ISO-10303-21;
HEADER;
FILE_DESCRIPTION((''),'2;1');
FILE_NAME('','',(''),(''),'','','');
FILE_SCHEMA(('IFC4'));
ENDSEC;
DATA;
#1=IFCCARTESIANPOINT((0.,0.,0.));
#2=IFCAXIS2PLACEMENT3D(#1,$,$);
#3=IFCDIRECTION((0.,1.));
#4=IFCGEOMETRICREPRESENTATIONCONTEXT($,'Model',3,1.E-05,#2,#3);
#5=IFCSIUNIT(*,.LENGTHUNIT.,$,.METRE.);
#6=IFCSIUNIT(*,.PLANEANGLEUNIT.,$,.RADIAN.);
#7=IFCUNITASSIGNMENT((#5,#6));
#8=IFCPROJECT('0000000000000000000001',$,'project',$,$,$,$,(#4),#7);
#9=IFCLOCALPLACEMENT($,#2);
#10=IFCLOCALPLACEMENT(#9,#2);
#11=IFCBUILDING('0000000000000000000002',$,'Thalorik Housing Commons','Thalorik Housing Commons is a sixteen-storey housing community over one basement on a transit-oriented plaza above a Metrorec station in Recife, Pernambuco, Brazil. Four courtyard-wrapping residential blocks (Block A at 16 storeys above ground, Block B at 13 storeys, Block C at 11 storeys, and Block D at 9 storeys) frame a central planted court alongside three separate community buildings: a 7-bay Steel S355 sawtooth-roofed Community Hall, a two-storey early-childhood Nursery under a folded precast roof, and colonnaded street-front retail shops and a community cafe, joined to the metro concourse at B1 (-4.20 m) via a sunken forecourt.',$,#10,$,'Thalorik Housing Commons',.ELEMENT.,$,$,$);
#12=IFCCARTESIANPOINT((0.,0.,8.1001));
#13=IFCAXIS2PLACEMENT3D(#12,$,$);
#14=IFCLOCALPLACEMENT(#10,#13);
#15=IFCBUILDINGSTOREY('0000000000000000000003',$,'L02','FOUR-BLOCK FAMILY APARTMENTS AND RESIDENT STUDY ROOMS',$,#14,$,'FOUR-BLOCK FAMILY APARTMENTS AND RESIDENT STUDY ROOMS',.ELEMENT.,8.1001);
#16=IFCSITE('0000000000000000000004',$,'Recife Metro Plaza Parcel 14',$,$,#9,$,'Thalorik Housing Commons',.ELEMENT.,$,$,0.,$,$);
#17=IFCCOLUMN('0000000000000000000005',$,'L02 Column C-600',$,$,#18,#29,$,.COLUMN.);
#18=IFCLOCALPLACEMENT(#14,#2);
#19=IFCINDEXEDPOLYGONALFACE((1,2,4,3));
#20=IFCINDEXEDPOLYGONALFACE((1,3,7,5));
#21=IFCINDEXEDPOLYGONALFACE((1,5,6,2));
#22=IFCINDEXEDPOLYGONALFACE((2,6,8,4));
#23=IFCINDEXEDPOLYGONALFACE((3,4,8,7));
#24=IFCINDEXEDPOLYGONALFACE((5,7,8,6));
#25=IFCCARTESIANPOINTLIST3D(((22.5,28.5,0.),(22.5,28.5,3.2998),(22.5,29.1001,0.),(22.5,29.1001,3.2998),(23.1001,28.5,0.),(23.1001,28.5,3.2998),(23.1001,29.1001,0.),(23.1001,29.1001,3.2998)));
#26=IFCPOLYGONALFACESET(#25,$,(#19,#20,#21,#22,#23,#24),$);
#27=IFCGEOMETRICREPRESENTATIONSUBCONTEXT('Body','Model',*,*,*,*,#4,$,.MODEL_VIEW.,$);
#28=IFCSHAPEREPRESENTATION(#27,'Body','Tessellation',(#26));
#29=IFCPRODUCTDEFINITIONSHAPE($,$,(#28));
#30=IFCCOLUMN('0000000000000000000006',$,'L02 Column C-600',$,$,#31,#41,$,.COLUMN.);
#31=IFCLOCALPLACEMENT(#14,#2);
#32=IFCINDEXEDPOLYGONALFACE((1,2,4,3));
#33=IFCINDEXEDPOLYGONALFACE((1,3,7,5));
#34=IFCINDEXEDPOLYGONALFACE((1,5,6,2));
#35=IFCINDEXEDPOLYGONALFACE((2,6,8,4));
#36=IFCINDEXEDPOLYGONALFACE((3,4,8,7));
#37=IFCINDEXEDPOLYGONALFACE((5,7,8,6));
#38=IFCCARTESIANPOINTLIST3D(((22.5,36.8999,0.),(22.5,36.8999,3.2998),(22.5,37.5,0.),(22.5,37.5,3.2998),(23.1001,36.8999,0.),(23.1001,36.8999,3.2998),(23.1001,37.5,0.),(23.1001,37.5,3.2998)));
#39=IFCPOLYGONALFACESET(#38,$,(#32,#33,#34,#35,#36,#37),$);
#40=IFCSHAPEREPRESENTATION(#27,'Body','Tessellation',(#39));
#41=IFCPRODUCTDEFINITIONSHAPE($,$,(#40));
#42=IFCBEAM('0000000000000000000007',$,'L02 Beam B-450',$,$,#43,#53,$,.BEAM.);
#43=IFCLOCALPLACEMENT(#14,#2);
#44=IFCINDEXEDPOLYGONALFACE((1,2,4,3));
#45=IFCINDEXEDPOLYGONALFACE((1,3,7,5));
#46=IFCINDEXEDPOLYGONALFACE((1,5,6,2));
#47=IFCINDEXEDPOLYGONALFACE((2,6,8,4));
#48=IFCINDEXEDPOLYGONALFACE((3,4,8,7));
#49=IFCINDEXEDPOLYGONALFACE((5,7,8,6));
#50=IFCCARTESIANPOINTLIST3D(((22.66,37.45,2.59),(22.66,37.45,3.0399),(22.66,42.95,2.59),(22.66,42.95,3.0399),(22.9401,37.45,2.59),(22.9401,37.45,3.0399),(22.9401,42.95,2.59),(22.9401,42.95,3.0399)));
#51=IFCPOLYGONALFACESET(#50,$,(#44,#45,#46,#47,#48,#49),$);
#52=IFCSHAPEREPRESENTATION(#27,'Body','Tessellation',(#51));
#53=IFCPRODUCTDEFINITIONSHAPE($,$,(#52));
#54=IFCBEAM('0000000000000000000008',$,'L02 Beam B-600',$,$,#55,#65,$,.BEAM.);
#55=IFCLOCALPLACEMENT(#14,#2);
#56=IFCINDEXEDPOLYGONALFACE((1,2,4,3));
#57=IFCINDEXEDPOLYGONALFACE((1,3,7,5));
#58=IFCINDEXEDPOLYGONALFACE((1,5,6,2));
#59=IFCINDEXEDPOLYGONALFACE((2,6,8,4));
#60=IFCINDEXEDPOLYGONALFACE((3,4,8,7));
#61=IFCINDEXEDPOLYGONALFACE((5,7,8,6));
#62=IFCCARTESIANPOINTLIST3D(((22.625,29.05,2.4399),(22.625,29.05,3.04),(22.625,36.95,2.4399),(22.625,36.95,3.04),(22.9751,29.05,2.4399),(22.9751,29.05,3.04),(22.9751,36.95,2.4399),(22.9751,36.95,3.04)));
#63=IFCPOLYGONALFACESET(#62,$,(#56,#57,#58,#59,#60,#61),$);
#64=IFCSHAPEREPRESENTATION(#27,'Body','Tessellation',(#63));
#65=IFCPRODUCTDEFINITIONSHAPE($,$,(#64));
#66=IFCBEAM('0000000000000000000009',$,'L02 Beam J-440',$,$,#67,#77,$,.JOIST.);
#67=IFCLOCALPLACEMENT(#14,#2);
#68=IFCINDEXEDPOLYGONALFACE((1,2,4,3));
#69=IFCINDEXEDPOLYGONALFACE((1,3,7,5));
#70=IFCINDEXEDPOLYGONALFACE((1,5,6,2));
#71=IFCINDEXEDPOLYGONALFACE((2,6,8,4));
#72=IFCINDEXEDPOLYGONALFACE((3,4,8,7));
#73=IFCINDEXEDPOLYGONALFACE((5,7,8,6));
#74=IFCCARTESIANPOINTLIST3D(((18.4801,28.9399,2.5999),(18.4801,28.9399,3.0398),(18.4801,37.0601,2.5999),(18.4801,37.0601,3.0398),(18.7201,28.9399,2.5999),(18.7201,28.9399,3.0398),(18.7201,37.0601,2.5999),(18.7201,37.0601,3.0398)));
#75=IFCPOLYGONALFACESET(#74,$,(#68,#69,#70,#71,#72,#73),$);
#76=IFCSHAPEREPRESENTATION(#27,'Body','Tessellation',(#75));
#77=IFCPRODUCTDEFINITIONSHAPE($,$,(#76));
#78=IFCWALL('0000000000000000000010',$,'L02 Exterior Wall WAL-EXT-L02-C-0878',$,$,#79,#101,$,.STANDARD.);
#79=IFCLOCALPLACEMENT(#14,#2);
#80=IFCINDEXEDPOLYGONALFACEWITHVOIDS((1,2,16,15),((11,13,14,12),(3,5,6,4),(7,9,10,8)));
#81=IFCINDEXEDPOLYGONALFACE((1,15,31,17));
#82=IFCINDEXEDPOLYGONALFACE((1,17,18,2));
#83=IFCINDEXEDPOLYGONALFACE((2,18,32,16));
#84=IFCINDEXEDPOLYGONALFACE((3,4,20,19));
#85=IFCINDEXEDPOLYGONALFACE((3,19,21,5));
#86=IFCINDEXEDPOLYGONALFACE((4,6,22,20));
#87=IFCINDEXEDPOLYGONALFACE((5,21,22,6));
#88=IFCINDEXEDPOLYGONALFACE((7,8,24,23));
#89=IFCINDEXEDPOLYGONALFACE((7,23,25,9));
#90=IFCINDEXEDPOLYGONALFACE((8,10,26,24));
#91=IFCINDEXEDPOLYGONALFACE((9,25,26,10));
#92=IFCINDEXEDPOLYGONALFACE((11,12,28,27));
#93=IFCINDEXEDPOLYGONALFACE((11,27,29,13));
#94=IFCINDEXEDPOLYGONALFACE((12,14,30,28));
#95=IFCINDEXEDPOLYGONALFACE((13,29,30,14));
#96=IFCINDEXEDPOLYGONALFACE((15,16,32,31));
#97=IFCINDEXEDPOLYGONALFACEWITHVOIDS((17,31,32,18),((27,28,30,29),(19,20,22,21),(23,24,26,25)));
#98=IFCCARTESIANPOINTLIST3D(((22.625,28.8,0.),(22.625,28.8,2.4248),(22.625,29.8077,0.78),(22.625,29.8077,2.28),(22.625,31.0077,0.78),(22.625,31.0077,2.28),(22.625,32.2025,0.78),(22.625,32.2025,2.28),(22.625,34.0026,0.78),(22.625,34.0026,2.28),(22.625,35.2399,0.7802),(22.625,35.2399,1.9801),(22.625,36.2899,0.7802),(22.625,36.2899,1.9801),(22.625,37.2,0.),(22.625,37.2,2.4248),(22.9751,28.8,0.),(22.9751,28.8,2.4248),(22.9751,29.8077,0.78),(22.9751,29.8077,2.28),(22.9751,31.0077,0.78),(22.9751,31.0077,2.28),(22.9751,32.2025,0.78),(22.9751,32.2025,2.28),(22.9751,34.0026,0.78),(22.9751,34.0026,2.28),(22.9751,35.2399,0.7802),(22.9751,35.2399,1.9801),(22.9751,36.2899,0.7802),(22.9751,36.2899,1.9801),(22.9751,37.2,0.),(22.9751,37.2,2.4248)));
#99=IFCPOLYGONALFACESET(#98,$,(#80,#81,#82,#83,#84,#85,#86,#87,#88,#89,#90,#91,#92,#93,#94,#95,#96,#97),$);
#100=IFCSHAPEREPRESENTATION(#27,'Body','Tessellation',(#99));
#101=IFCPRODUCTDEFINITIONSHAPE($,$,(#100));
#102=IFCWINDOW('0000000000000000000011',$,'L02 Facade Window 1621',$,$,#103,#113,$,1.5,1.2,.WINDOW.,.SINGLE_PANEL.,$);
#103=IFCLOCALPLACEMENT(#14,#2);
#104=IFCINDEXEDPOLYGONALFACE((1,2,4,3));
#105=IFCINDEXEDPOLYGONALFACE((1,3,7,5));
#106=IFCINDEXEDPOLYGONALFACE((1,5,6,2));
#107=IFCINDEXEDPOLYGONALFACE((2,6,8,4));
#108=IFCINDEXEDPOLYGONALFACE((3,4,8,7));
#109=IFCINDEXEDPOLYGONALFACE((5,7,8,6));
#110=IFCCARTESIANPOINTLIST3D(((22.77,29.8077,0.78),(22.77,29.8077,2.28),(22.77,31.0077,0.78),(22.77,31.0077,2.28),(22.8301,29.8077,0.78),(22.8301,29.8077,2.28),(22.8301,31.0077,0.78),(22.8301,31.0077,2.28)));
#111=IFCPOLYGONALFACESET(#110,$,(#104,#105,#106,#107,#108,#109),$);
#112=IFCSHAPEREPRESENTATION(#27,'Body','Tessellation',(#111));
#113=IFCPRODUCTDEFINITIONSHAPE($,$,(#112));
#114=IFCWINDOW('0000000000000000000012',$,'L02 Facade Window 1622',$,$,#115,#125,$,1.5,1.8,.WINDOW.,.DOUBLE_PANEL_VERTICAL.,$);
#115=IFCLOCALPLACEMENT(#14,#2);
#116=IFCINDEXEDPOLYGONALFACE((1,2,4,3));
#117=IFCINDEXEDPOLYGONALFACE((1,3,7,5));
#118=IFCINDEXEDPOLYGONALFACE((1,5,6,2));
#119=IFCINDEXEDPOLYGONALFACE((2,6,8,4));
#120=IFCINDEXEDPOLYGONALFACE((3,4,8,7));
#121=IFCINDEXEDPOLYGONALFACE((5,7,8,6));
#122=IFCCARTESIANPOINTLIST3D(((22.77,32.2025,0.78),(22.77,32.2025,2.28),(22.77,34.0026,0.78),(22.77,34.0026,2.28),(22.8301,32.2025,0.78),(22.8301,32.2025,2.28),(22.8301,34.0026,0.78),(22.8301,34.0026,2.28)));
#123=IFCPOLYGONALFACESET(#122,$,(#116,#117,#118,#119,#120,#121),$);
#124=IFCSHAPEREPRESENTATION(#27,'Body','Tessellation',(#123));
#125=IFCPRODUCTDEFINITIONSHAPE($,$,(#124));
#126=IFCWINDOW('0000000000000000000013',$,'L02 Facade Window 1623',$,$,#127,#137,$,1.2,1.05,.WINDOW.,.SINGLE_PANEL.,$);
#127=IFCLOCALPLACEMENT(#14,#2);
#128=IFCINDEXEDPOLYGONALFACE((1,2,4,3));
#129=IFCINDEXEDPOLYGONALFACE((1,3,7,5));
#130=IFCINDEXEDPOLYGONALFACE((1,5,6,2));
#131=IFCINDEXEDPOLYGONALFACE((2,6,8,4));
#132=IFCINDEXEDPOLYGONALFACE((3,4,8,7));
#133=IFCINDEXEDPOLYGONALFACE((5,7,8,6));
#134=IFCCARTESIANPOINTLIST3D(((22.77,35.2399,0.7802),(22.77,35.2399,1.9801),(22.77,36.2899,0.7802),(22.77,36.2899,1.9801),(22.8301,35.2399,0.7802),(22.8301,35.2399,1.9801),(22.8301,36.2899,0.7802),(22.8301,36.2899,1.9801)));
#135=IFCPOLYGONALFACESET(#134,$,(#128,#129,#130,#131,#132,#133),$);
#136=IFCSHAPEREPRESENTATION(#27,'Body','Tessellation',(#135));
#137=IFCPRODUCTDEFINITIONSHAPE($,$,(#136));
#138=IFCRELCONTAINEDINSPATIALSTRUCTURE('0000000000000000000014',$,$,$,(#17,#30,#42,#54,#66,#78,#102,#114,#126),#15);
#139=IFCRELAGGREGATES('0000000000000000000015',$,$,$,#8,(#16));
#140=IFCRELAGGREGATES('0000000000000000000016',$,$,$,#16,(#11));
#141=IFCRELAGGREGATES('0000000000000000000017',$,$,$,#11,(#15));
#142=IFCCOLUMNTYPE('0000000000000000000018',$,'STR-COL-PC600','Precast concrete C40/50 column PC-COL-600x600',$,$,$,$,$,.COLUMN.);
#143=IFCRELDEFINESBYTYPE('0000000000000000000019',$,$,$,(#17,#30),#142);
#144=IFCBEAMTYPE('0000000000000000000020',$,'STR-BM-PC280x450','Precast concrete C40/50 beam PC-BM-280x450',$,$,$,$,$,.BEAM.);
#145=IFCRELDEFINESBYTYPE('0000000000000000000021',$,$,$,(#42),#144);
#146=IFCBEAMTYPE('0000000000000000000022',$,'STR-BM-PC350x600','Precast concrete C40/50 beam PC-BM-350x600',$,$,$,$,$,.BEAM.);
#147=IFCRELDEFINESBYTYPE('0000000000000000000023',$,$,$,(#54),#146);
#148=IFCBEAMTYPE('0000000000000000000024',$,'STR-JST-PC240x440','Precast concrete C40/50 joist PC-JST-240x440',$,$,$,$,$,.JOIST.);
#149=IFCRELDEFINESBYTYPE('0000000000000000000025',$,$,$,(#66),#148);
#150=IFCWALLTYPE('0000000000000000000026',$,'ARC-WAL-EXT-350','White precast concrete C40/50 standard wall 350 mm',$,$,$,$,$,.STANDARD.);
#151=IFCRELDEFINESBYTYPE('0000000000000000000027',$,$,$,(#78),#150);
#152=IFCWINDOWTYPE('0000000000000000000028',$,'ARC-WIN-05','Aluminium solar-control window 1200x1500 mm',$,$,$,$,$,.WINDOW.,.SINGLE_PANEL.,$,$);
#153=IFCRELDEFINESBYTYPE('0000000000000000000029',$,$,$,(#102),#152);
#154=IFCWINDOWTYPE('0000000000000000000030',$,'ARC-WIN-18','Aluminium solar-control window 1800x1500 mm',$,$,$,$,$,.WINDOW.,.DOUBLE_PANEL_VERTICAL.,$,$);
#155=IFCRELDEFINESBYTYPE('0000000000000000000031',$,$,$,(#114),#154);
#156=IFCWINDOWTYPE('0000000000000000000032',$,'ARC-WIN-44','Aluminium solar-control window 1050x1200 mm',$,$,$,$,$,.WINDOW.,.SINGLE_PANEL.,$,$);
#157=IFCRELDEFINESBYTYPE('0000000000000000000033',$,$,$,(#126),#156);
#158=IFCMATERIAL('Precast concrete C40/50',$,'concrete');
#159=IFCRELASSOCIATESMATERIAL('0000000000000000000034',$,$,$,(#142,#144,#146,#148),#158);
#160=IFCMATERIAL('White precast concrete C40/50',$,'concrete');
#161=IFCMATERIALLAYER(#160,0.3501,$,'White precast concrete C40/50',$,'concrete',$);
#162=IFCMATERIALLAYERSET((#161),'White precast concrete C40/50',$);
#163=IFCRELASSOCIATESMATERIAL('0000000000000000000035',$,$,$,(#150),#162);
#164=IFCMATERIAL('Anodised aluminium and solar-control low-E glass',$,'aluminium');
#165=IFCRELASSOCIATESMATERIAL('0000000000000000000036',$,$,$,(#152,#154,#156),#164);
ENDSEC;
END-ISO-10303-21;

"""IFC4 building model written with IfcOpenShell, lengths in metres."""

from ifc_helpers import new_model, si_unit, direction, frame, frame_2d, origin, origin_2d, place, context, subcontext, project, spatial, rectangle, extrude, material, layer, layer_set, material_profile, profile_set, type_object, element, fill, save


model = new_model("IFC4")

# Units and contexts
model_context = context("Model", 3, precision=1e-05, world=origin(), true_north=direction((0.0, 1.0)))
body_context = subcontext(model_context, "Body", "Model", "MODEL_VIEW")
ifc_project = project(units=[si_unit("LENGTHUNIT", "METRE"), si_unit("PLANEANGLEUNIT", "RADIAN")], contexts=[model_context])

# Site, building, storey
site_placement = place(None, origin())
site = spatial("IfcSite", under=ifc_project, at=site_placement, Name="Recife Metro Plaza Parcel 14", LongName="Thalorik Housing Commons", CompositionType="ELEMENT", RefElevation=0.0)
building_placement = place(site_placement, origin())
building = spatial("IfcBuilding", under=site, at=building_placement, Name="Thalorik Housing Commons", Description="Thalorik Housing Commons is a sixteen-storey housing community over one basement on a transit-oriented plaza above a Metrorec station in Recife, Pernambuco, Brazil. Four courtyard-wrapping residential blocks (Block A at 16 storeys above ground, Block B at 13 storeys, Block C at 11 storeys, and Block D at 9 storeys) frame a central planted court alongside three separate community buildings: a 7-bay Steel S355 sawtooth-roofed Community Hall, a two-storey early-childhood Nursery under a folded precast roof, and colonnaded street-front retail shops and a community cafe, joined to the metro concourse at B1 (-4.20 m) via a sunken forecourt.", LongName="Thalorik Housing Commons", CompositionType="ELEMENT")
storey_placement = place(building_placement, frame((0.0, 0.0, 8.1001)))
storey = spatial("IfcBuildingStorey", under=building, at=storey_placement, Name="L02", Description="FOUR-BLOCK FAMILY APARTMENTS AND RESIDENT STUDY ROOMS", LongName="FOUR-BLOCK FAMILY APARTMENTS AND RESIDENT STUDY ROOMS", CompositionType="ELEMENT", Elevation=8.1001)

# Columns
ifc_material_1 = material(Name="Precast concrete C40/50", Category="concrete")
ifc_material_profile_1 = material_profile(ifc_material_1, rectangle(XDim=0.6001, YDim=0.6001, at=origin_2d()), Name="PC 600x600", Category="concrete")
ifc_profile_set_1 = profile_set([ifc_material_profile_1], Name="Precast concrete C40/50")
column_type = type_object("IfcColumnType", Name="STR-COL-PC600", Description="Precast concrete C40/50 column PC-COL-600x600", PredefinedType="COLUMN", material=ifc_profile_set_1)
for number, where, z_axis, x_axis, name in (
    (1, (22.8, 28.8, 0.0), (0.0, 0.0, 1.0), (1.0, 0.0, 0.0), "L02 Column C-600"),
    (2, (22.8, 37.2, 0.0), (0.0, 0.0, 1.0), (1.0, 0.0, 0.0), "L02 Column C-600"),
):
    element("IfcColumn", number, at=place(storey_placement, frame(where, z_axis=z_axis, x_axis=x_axis)), inside=storey, type_object=column_type, Name=name, PredefinedType="COLUMN", context=body_context, shape_type="SweptSolid", body=[
        extrude(rectangle(XDim=0.6001, YDim=0.6001, at=origin_2d()), origin(), (0.0, 0.0, 1.0), 3.2998),
    ])

# Beams
ifc_material_profile_2 = material_profile(ifc_material_1, rectangle(XDim=0.28, YDim=0.45, at=origin_2d()), Name="PC 280x450", Category="concrete")
ifc_profile_set_2 = profile_set([ifc_material_profile_2], Name="Precast concrete C40/50")
beam_type_1 = type_object("IfcBeamType", Name="STR-BM-PC280x450", Description="Precast concrete C40/50 beam PC-BM-280x450", PredefinedType="BEAM", material=ifc_profile_set_2)
beam_1_placement = place(storey_placement, frame((22.8, 37.45, 2.8149), z_axis=(0.0, 1.0, 0.0), x_axis=(-1.0, 0.0, 0.0)))
element("IfcBeam", 3, at=beam_1_placement, inside=storey, type_object=beam_type_1, Name="L02 Beam B-450", PredefinedType="BEAM", context=body_context, shape_type="SweptSolid", body=[
    extrude(rectangle(XDim=0.28, YDim=0.45, at=origin_2d()), origin(), (0.0, 0.0, 1.0), 5.5),
])
ifc_material_profile_3 = material_profile(ifc_material_1, rectangle(XDim=0.3501, YDim=0.6001, at=origin_2d()), Name="PC 350x600", Category="concrete")
ifc_profile_set_3 = profile_set([ifc_material_profile_3], Name="Precast concrete C40/50")
beam_type_2 = type_object("IfcBeamType", Name="STR-BM-PC350x600", Description="Precast concrete C40/50 beam PC-BM-350x600", PredefinedType="BEAM", material=ifc_profile_set_3)
beam_2_placement = place(storey_placement, frame((22.8, 29.05, 2.74), z_axis=(0.0, 1.0, 0.0), x_axis=(-1.0, 0.0, 0.0)))
element("IfcBeam", 4, at=beam_2_placement, inside=storey, type_object=beam_type_2, Name="L02 Beam B-600", PredefinedType="BEAM", context=body_context, shape_type="SweptSolid", body=[
    extrude(rectangle(XDim=0.3501, YDim=0.6001, at=origin_2d()), origin(), (0.0, 0.0, 1.0), 7.8999),
])
ifc_material_profile_4 = material_profile(ifc_material_1, rectangle(XDim=0.24, YDim=0.4399, at=origin_2d()), Name="PC JST 240x440", Category="concrete")
ifc_profile_set_4 = profile_set([ifc_material_profile_4], Name="Precast concrete C40/50")
beam_type_3 = type_object("IfcBeamType", Name="STR-JST-PC240x440", Description="Precast concrete C40/50 joist PC-JST-240x440", PredefinedType="JOIST", material=ifc_profile_set_4)
beam_3_placement = place(storey_placement, frame((18.6001, 28.9399, 2.8198), z_axis=(0.0, 1.0, 0.0), x_axis=(-1.0, 0.0, 0.0)))
element("IfcBeam", 5, at=beam_3_placement, inside=storey, type_object=beam_type_3, Name="L02 Beam J-440", PredefinedType="JOIST", context=body_context, shape_type="SweptSolid", body=[
    extrude(rectangle(XDim=0.24, YDim=0.4399, at=origin_2d()), origin(), (0.0, 0.0, 1.0), 8.1201),
])

# Wall, openings, windows
ifc_material_2 = material(Name="White precast concrete C40/50", Category="concrete")
ifc_layer_1 = layer(ifc_material_2, 0.3501, Name="White precast concrete C40/50", Category="concrete")
ifc_layer_set_1 = layer_set([ifc_layer_1], Name="White precast concrete C40/50")
wall_type_1 = type_object("IfcWallType", Name="ARC-WAL-EXT-350", Description="White precast concrete C40/50 standard wall 350 mm", PredefinedType="STANDARD", material=ifc_layer_set_1)
wall_1_placement = place(storey_placement, frame((22.8, 28.8, 0.0), z_axis=(0.0, 0.0, 1.0), x_axis=(0.0, 1.0, 0.0)))
wall_1 = element("IfcWall", 6, at=wall_1_placement, inside=storey, type_object=wall_type_1, Name="L02 Exterior Wall WAL-EXT-L02-C-0878", PredefinedType="STANDARD", context=body_context, shape_type="SweptSolid", body=[
    extrude(rectangle(XDim=8.3999, YDim=0.3501, at=frame_2d((4.2, 0.0))), origin(), (0.0, 0.0, 1.0), 2.4248),
])
opening_1_placement = place(wall_1_placement, frame((1.0076, 0.0, 0.78)))
opening_1 = element("IfcOpeningElement", 7, at=opening_1_placement, cuts=wall_1, PredefinedType="OPENING", context=body_context, shape_type="SweptSolid", body=[
    extrude(rectangle(XDim=1.2, YDim=1.5, at=frame_2d((0.6001, 0.75))), frame((0.0, 0.1851, 0.0), z_axis=(0.0, -1.0, 0.0), x_axis=(1.0, 0.0, 0.0)), (0.0, 0.0, 1.0), 0.3701),
])
opening_2_placement = place(wall_1_placement, frame((3.4026, 0.0, 0.78)))
opening_2 = element("IfcOpeningElement", 8, at=opening_2_placement, cuts=wall_1, PredefinedType="OPENING", context=body_context, shape_type="SweptSolid", body=[
    extrude(rectangle(XDim=1.8, YDim=1.5, at=frame_2d((0.8999, 0.75))), frame((0.0, 0.1851, 0.0), z_axis=(0.0, -1.0, 0.0), x_axis=(1.0, 0.0, 0.0)), (0.0, 0.0, 1.0), 0.3701),
])
opening_3_placement = place(wall_1_placement, frame((6.4399, 0.0, 0.78)))
opening_3 = element("IfcOpeningElement", 9, at=opening_3_placement, cuts=wall_1, PredefinedType="OPENING", context=body_context, shape_type="SweptSolid", body=[
    extrude(rectangle(XDim=1.05, YDim=1.2, at=frame_2d((0.5249, 0.6001))), frame((0.0, 0.1851, 0.0), z_axis=(0.0, -1.0, 0.0), x_axis=(1.0, 0.0, 0.0)), (0.0, 0.0, 1.0), 0.3701),
])
ifc_material_3 = material(Name="Anodised aluminium and solar-control low-E glass", Category="aluminium")
window_type_1 = type_object("IfcWindowType", Name="ARC-WIN-05", Description="Aluminium solar-control window 1200x1500 mm", PartitioningType="SINGLE_PANEL", PredefinedType="WINDOW", material=ifc_material_3)
window_1_placement = place(opening_1_placement, origin())
window_1 = element("IfcWindow", 10, at=window_1_placement, inside=storey, type_object=window_type_1, Name="L02 Facade Window 1621", OverallHeight=1.5, OverallWidth=1.2, PartitioningType="SINGLE_PANEL", PredefinedType="WINDOW", context=body_context, shape_type="SweptSolid", body=[
    extrude(rectangle(XDim=1.2, YDim=1.5, at=frame_2d((0.6001, 0.75))), frame((0.0, 0.03, 0.0), z_axis=(0.0, -1.0, 0.0), x_axis=(1.0, 0.0, 0.0)), (0.0, 0.0, 1.0), 0.0601),
])
fill(opening_1, window_1)
window_type_2 = type_object("IfcWindowType", Name="ARC-WIN-18", Description="Aluminium solar-control window 1800x1500 mm", PartitioningType="DOUBLE_PANEL_VERTICAL", PredefinedType="WINDOW", material=ifc_material_3)
window_2_placement = place(opening_2_placement, origin())
window_2 = element("IfcWindow", 11, at=window_2_placement, inside=storey, type_object=window_type_2, Name="L02 Facade Window 1622", OverallHeight=1.5, OverallWidth=1.8, PartitioningType="DOUBLE_PANEL_VERTICAL", PredefinedType="WINDOW", context=body_context, shape_type="SweptSolid", body=[
    extrude(rectangle(XDim=1.8, YDim=1.5, at=frame_2d((0.8999, 0.75))), frame((0.0, 0.03, 0.0), z_axis=(0.0, -1.0, 0.0), x_axis=(1.0, 0.0, 0.0)), (0.0, 0.0, 1.0), 0.0601),
])
fill(opening_2, window_2)
window_type_3 = type_object("IfcWindowType", Name="ARC-WIN-44", Description="Aluminium solar-control window 1050x1200 mm", PartitioningType="SINGLE_PANEL", PredefinedType="WINDOW", material=ifc_material_3)
window_3_placement = place(opening_3_placement, origin())
window_3 = element("IfcWindow", 12, at=window_3_placement, inside=storey, type_object=window_type_3, Name="L02 Facade Window 1623", OverallHeight=1.2, OverallWidth=1.05, PartitioningType="SINGLE_PANEL", PredefinedType="WINDOW", context=body_context, shape_type="SweptSolid", body=[
    extrude(rectangle(XDim=1.05, YDim=1.2, at=frame_2d((0.5249, 0.6001))), frame((0.0, 0.03, 0.0), z_axis=(0.0, -1.0, 0.0), x_axis=(1.0, 0.0, 0.0)), (0.0, 0.0, 1.0), 0.0601),
])
fill(opening_3, window_3)

save(model, "model.ifc")
